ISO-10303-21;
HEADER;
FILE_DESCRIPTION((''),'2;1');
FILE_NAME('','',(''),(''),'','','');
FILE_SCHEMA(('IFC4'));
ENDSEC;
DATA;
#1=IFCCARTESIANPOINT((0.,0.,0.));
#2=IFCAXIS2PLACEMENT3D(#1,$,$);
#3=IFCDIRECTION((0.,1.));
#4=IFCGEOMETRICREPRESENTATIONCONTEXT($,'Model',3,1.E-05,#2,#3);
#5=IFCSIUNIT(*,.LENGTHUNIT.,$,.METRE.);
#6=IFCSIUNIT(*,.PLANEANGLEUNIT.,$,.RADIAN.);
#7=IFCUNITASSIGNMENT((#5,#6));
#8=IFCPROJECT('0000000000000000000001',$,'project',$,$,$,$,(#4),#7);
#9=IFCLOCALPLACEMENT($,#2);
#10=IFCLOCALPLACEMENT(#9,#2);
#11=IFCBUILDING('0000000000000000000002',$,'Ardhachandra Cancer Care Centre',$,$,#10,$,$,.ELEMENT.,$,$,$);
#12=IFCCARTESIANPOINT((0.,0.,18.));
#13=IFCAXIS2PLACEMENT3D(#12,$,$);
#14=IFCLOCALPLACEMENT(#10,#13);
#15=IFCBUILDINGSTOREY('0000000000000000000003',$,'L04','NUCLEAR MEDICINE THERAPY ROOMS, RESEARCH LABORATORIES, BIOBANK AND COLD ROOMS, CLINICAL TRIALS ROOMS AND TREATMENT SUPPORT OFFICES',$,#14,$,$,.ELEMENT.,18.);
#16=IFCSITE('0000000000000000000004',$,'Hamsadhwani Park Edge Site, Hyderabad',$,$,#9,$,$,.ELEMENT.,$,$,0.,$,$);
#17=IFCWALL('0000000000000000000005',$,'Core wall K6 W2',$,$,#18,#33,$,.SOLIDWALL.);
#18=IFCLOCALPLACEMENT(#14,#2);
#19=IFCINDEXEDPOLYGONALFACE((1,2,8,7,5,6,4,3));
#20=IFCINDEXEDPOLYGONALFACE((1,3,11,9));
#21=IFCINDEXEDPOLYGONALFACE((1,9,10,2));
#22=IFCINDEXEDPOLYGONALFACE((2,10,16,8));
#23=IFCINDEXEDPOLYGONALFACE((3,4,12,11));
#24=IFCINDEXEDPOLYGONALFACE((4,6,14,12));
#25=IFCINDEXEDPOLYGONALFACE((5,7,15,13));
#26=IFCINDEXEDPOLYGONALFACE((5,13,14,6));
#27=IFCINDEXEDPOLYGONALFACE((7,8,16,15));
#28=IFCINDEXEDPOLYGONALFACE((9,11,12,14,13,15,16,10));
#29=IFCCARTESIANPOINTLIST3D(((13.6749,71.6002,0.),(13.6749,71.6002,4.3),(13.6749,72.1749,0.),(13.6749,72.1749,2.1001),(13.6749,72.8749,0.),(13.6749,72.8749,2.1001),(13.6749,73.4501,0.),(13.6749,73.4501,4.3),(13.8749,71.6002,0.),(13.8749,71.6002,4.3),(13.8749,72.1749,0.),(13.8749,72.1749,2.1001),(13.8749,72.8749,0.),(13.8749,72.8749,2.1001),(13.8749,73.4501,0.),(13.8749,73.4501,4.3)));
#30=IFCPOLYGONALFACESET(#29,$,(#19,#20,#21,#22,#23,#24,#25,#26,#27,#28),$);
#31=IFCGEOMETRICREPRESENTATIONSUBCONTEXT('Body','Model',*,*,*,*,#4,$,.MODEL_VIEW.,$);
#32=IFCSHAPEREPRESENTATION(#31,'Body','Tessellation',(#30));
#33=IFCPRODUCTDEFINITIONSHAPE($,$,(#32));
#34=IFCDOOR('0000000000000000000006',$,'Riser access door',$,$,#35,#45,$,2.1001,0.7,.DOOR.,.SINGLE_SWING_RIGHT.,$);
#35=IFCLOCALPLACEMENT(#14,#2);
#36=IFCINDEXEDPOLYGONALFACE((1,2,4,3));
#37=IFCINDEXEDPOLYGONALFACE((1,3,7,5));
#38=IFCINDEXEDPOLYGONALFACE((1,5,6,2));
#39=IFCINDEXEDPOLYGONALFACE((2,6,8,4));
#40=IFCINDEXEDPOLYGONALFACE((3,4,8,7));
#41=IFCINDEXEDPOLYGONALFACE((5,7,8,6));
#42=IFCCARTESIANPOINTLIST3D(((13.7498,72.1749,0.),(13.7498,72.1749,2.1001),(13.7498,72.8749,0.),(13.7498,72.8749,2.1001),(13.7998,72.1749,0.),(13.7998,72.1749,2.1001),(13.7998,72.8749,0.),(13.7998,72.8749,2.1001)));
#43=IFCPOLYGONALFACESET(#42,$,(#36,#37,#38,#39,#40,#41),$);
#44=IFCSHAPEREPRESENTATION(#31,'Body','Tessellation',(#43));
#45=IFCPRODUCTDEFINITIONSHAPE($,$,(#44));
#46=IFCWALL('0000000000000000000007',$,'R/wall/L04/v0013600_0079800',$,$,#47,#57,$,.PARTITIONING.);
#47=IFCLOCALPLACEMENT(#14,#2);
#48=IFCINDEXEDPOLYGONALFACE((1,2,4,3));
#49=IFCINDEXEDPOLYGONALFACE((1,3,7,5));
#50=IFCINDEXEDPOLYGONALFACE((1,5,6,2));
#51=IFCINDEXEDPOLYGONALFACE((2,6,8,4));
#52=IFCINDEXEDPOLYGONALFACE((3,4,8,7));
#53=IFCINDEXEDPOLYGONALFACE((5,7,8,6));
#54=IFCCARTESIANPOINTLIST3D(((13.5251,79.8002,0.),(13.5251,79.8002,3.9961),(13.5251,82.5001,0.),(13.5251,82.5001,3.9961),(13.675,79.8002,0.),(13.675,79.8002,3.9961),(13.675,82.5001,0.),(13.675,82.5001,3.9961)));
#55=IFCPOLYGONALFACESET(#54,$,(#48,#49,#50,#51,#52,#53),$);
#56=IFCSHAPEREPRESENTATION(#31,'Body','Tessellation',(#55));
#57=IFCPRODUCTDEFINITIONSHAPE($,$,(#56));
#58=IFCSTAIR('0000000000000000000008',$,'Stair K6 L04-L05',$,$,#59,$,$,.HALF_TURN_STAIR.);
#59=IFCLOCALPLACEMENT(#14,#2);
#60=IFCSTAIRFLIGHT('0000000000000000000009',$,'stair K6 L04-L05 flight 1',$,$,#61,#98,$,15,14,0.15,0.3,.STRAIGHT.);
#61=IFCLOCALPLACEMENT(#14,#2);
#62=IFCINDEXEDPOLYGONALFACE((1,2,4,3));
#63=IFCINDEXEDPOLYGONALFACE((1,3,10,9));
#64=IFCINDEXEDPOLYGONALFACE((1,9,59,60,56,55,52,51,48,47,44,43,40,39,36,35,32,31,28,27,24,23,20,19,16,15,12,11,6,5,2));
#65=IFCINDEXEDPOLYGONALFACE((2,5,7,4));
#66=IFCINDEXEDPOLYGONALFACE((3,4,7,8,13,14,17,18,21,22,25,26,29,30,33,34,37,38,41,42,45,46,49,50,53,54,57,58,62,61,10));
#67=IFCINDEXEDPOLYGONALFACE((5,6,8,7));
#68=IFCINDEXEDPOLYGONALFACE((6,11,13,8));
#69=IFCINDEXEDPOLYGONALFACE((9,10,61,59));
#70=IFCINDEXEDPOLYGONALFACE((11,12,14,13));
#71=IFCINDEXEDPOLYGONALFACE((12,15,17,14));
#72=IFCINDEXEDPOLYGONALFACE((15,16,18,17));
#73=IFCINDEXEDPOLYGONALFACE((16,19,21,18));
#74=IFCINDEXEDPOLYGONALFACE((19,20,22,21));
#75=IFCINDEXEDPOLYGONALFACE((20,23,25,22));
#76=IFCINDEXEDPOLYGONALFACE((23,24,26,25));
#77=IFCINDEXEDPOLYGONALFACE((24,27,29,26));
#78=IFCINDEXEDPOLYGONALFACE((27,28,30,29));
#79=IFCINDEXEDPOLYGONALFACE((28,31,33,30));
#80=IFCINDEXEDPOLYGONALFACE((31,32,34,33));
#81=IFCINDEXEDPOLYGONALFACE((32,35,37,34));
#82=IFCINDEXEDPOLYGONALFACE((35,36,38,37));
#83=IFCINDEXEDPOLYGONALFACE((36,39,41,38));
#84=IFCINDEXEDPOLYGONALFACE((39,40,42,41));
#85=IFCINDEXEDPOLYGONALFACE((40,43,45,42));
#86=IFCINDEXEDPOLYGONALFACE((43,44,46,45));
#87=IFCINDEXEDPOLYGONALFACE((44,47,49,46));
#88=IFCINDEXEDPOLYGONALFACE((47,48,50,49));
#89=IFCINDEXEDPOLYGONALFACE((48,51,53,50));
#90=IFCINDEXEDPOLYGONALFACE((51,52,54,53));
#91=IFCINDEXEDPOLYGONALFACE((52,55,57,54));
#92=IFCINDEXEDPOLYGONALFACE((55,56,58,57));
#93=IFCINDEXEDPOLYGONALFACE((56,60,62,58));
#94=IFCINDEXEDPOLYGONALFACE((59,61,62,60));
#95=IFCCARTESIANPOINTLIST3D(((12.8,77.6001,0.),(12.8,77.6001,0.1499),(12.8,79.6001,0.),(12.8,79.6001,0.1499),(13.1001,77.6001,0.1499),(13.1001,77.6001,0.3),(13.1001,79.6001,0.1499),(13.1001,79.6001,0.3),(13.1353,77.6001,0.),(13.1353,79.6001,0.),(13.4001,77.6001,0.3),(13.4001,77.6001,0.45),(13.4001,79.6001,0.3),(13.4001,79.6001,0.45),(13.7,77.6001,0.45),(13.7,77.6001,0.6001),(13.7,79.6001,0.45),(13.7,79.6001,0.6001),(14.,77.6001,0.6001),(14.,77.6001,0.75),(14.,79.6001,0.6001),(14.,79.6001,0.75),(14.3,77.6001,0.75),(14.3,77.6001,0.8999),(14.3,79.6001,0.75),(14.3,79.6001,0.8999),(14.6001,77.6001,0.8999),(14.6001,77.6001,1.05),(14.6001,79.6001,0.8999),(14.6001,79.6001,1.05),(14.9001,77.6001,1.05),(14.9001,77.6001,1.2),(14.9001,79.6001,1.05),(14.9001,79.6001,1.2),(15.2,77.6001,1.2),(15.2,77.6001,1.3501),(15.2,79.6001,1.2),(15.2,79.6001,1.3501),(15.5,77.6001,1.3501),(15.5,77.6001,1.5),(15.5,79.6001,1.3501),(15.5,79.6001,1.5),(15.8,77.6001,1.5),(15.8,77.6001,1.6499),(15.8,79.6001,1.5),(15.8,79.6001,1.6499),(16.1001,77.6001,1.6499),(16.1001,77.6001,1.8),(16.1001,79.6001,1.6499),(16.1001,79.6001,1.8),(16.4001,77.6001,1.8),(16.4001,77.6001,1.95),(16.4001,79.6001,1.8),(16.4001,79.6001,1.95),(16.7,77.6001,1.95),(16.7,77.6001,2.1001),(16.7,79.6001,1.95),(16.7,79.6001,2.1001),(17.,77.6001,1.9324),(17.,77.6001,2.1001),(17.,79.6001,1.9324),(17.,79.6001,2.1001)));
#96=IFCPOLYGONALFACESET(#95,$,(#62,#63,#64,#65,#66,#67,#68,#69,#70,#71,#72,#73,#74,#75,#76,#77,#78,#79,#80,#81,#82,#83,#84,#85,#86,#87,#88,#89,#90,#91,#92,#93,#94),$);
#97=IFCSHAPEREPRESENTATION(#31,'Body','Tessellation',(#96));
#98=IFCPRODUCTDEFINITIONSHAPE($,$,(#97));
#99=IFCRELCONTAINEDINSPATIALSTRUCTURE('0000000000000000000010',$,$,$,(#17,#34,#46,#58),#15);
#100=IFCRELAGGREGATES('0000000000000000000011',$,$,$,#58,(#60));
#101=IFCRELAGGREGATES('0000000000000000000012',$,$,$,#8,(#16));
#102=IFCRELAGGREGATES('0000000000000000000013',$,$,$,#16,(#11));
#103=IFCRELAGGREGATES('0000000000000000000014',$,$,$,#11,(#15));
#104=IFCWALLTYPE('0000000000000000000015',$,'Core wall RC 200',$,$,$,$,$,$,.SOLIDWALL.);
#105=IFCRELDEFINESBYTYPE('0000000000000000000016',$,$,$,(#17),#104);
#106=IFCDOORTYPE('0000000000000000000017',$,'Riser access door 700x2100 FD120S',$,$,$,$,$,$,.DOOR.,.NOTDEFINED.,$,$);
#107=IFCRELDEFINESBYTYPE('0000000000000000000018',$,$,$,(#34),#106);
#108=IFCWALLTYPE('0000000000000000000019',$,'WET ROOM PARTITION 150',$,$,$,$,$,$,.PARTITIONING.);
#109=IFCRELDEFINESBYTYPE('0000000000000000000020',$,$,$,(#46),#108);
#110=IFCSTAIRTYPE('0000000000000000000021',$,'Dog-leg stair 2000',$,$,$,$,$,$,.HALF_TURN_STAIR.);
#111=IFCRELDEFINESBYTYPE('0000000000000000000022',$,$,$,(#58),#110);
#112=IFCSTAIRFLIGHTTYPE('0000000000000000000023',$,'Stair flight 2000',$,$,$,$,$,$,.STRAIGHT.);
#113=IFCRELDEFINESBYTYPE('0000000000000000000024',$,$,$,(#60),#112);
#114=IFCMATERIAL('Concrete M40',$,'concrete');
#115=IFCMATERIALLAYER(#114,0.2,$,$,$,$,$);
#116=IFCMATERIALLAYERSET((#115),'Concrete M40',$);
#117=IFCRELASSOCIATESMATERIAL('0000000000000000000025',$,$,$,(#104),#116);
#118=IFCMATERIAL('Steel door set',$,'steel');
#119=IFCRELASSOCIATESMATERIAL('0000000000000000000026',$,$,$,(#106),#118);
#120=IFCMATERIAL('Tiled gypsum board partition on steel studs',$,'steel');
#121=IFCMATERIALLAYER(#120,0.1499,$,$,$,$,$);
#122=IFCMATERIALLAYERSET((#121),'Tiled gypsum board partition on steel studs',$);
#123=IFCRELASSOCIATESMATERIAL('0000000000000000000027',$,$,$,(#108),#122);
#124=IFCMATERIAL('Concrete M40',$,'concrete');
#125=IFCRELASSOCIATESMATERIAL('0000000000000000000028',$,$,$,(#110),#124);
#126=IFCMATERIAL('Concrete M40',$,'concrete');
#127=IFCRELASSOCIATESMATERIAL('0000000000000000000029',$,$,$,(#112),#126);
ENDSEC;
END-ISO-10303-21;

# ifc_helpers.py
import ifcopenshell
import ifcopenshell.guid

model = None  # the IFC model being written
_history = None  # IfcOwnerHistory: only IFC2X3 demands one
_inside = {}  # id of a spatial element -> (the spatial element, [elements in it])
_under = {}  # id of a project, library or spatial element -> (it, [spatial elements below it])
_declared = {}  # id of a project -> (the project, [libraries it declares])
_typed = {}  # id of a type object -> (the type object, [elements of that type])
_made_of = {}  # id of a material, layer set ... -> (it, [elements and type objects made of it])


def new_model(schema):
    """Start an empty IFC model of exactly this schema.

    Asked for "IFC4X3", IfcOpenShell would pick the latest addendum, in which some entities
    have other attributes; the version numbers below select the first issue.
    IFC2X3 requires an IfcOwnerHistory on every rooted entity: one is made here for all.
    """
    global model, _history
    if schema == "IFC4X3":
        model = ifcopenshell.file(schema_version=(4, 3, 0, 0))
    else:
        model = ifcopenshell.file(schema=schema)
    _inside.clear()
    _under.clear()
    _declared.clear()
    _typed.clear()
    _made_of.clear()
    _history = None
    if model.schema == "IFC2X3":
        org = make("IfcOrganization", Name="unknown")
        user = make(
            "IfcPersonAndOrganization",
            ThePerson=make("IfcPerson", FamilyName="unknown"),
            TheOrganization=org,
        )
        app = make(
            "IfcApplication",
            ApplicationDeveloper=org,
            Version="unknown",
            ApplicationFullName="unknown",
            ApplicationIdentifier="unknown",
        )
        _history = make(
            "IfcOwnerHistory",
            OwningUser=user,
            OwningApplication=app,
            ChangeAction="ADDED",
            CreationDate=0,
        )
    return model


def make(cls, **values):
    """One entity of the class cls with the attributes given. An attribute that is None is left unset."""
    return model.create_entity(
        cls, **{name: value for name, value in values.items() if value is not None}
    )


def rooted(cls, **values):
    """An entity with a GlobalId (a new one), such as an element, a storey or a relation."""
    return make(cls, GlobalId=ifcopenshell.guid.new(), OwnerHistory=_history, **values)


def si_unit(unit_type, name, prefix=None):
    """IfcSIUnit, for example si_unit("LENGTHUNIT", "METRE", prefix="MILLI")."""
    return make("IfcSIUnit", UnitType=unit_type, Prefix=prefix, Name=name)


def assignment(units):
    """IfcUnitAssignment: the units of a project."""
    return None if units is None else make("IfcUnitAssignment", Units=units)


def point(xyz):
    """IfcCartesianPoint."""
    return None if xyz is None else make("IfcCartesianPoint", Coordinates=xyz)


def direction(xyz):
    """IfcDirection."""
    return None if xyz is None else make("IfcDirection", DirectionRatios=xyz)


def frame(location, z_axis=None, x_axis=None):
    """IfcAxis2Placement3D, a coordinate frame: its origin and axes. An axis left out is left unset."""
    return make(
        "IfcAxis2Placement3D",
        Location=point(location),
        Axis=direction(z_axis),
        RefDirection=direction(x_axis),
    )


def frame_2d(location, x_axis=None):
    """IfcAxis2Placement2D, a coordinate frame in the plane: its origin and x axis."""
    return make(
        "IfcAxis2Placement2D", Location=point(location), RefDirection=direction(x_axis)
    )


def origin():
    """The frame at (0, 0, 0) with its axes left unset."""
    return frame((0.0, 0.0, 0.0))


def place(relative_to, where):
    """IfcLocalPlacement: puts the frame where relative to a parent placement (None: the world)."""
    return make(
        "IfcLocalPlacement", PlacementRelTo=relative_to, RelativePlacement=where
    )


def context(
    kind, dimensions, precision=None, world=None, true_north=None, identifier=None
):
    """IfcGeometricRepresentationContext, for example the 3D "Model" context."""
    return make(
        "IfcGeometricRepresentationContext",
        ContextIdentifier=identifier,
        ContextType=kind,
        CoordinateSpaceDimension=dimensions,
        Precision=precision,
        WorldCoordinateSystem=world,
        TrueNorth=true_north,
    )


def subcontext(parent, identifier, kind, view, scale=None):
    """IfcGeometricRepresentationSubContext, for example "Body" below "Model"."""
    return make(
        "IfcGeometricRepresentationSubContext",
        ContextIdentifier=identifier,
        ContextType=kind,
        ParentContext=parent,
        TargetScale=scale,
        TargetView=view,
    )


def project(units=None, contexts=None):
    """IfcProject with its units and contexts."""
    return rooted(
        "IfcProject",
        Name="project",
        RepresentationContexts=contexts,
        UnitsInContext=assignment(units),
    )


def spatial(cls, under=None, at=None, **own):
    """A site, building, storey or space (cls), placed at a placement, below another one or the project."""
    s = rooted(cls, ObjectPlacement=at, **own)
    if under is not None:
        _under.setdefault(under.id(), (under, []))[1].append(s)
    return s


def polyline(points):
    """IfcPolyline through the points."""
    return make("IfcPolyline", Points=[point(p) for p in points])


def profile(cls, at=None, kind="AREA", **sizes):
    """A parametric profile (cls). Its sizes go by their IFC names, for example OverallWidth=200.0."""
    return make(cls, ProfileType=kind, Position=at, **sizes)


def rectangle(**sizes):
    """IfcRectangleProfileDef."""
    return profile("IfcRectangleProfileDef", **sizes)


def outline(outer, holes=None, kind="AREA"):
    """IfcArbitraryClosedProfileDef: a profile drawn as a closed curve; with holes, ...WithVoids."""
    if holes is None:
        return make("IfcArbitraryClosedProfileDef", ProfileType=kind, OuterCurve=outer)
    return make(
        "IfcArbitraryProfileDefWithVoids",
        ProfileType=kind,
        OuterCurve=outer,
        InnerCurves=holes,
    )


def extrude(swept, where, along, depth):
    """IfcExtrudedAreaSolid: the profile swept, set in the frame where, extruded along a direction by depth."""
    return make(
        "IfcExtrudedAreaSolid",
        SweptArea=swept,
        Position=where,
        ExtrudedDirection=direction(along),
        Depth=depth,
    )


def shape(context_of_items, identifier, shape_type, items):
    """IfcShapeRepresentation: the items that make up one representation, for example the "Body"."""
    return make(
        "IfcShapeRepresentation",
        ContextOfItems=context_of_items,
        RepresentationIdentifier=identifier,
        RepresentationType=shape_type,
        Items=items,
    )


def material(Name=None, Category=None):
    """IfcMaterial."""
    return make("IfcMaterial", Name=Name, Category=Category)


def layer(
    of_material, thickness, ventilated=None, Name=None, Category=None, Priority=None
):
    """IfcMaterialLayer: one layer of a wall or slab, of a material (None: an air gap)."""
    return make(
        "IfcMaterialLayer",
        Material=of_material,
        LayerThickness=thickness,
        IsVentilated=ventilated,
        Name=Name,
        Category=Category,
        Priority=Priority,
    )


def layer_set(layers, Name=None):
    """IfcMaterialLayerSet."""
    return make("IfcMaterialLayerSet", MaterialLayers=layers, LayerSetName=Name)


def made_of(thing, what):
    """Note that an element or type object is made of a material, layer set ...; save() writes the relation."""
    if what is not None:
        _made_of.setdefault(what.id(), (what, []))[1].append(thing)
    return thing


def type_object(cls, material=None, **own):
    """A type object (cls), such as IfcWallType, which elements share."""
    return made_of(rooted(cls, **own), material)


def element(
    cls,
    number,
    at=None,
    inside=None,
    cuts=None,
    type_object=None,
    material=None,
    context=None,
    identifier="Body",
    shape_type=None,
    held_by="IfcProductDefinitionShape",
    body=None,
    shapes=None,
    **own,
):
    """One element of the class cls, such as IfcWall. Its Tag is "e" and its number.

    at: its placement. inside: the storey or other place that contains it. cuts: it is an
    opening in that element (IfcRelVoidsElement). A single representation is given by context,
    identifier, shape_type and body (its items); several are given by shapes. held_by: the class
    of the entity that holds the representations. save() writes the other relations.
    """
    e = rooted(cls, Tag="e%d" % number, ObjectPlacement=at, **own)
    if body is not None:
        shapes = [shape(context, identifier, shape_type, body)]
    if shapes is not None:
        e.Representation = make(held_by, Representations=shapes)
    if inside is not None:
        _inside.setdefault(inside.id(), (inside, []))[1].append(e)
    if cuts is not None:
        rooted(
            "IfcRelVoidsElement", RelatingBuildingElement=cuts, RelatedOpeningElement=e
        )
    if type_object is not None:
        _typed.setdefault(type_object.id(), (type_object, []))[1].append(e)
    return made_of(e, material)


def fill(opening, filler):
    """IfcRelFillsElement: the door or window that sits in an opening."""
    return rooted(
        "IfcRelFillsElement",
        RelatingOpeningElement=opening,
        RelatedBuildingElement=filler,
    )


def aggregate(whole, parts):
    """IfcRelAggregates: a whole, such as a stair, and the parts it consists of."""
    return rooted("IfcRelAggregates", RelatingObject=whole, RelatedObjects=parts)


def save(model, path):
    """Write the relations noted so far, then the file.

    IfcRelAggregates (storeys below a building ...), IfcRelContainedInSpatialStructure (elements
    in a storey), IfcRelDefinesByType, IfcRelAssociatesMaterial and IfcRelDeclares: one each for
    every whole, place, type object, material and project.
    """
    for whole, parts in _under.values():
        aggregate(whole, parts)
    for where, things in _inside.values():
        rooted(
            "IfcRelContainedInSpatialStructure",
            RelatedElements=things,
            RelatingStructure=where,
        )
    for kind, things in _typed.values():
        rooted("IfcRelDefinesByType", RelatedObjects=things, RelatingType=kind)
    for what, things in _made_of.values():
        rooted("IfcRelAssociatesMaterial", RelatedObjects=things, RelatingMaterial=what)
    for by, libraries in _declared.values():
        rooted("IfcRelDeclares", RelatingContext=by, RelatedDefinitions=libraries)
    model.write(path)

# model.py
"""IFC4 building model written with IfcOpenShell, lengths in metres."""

from ifc_helpers import new_model, si_unit, direction, frame, frame_2d, origin, place, context, subcontext, project, spatial, polyline, rectangle, outline, extrude, material, layer, layer_set, type_object, element, fill, aggregate, save


model = new_model("IFC4")

# Units and contexts
model_context = context("Model", 3, precision=1e-05, world=origin(), true_north=direction((0.0, 1.0)))
body_context = subcontext(model_context, "Body", "Model", "MODEL_VIEW")
ifc_project = project(units=[si_unit("LENGTHUNIT", "METRE"), si_unit("PLANEANGLEUNIT", "RADIAN")], contexts=[model_context])

# Site, building, storey
site_placement = place(None, origin())
site = spatial("IfcSite", under=ifc_project, at=site_placement, Name="Hamsadhwani Park Edge Site, Hyderabad", CompositionType="ELEMENT", RefElevation=0.0)
building_placement = place(site_placement, origin())
building = spatial("IfcBuilding", under=site, at=building_placement, Name="Ardhachandra Cancer Care Centre", CompositionType="ELEMENT")
storey_placement = place(building_placement, frame((0.0, 0.0, 18.0)))
storey = spatial("IfcBuildingStorey", under=building, at=storey_placement, Name="L04", Description="NUCLEAR MEDICINE THERAPY ROOMS, RESEARCH LABORATORIES, BIOBANK AND COLD ROOMS, CLINICAL TRIALS ROOMS AND TREATMENT SUPPORT OFFICES", CompositionType="ELEMENT", Elevation=18.0)

# Shared definitions
ifc_material_1 = material(Name="Concrete M40", Category="concrete")
ifc_layer_1 = layer(ifc_material_1, 0.2)
ifc_layer_set_1 = layer_set([ifc_layer_1], Name="Concrete M40")
wall_type_1 = type_object("IfcWallType", Name="Core wall RC 200", PredefinedType="SOLIDWALL", material=ifc_layer_set_1)

# Wall, opening, door
ifc_material_2 = material(Name="Steel door set", Category="steel")
door_type = type_object("IfcDoorType", Name="Riser access door 700x2100 FD120S", OperationType="NOTDEFINED", PredefinedType="DOOR", material=ifc_material_2)
wall_1_placement = place(storey_placement, frame((13.7749, 73.45, 0.0), z_axis=(0.0, 0.0, 1.0), x_axis=(0.0, -1.0, 0.0)))
wall_1 = element("IfcWall", 1, at=wall_1_placement, inside=storey, type_object=wall_type_1, Name="Core wall K6 W2", PredefinedType="SOLIDWALL", context=body_context, shape_type="SweptSolid", body=[
    extrude(rectangle(XDim=1.8499, YDim=0.2, at=frame_2d((0.9248, 0.0))), origin(), (0.0, 0.0, 1.0), 4.3),
])
opening_1_placement = place(wall_1_placement, frame((0.575, 0.0, 0.0)))
opening_1 = element("IfcOpeningElement", 2, at=opening_1_placement, cuts=wall_1, PredefinedType="OPENING", context=body_context, shape_type="SweptSolid", body=[
    extrude(rectangle(XDim=0.7, YDim=2.1001, at=frame_2d((0.3501, 1.05))), frame((0.0, 0.1099, 0.0), z_axis=(0.0, -1.0, 0.0), x_axis=(1.0, 0.0, 0.0)), (0.0, 0.0, 1.0), 0.22),
])
door_1_placement = place(opening_1_placement, origin())
door_1 = element("IfcDoor", 3, at=door_1_placement, inside=storey, type_object=door_type, Name="Riser access door", OperationType="SINGLE_SWING_RIGHT", OverallHeight=2.1001, OverallWidth=0.7, PredefinedType="DOOR", context=body_context, shape_type="SweptSolid", body=[
    extrude(rectangle(XDim=0.7, YDim=2.1001, at=frame_2d((0.3501, 1.05))), frame((0.0, 0.0249, 0.0), z_axis=(0.0, -1.0, 0.0), x_axis=(1.0, 0.0, 0.0)), (0.0, 0.0, 1.0), 0.05),
])
fill(opening_1, door_1)

# Wall
ifc_material_3 = material(Name="Tiled gypsum board partition on steel studs", Category="steel")
ifc_layer_2 = layer(ifc_material_3, 0.1499)
ifc_layer_set_2 = layer_set([ifc_layer_2], Name="Tiled gypsum board partition on steel studs")
wall_type_2 = type_object("IfcWallType", Name="WET ROOM PARTITION 150", PredefinedType="PARTITIONING", material=ifc_layer_set_2)
wall_2_placement = place(storey_placement, frame((13.6001, 79.8, 0.0), z_axis=(0.0, 0.0, 1.0), x_axis=(0.0, 1.0, 0.0)))
element("IfcWall", 4, at=wall_2_placement, inside=storey, type_object=wall_type_2, Name="R/wall/L04/v0013600_0079800", PredefinedType="PARTITIONING", context=body_context, shape_type="SweptSolid", body=[
    extrude(rectangle(XDim=2.7, YDim=0.1499, at=frame_2d((1.3501, 0.0))), origin(), (0.0, 0.0, 1.0), 3.9961),
])

# Stair, stair flight
ifc_material_4 = material(Name="Concrete M40", Category="concrete")
stair_type = type_object("IfcStairType", Name="Dog-leg stair 2000", PredefinedType="HALF_TURN_STAIR", material=ifc_material_4)
stair_placement = place(storey_placement, origin())
stair = element("IfcStair", 5, at=stair_placement, inside=storey, type_object=stair_type, Name="Stair K6 L04-L05", PredefinedType="HALF_TURN_STAIR")
ifc_material_5 = material(Name="Concrete M40", Category="concrete")
stair_flight_type = type_object("IfcStairFlightType", Name="Stair flight 2000", PredefinedType="STRAIGHT", material=ifc_material_5)
stair_flight_placement = place(storey_placement, frame((12.8, 78.6001, 0.0), z_axis=(0.0, 0.0, 1.0), x_axis=(1.0, 0.0, 0.0)))
stair_flight = element("IfcStairFlight", 6, at=stair_flight_placement, type_object=stair_flight_type, Name="stair K6 L04-L05 flight 1", NumberOfRisers=15, NumberOfTreads=14, PredefinedType="STRAIGHT", RiserHeight=0.15, TreadLength=0.3, context=body_context, shape_type="SweptSolid", body=[
    extrude(outline(polyline([(0.0, 0.0), (0.0, 0.1499), (0.3, 0.1499), (0.3, 0.3), (0.6001, 0.3), (0.6001, 0.45), (0.8999, 0.45), (0.8999, 0.6001), (1.2, 0.6001), (1.2, 0.75), (1.5, 0.75), (1.5, 0.8999), (1.8, 0.8999), (1.8, 1.05), (2.1001, 1.05), (2.1001, 1.2), (2.3999, 1.2), (2.3999, 1.3501), (2.7, 1.3501), (2.7, 1.5), (3.0, 1.5), (3.0, 1.6499), (3.3, 1.6499), (3.3, 1.8), (3.6001, 1.8), (3.6001, 1.95), (3.8999, 1.95), (3.8999, 2.1001), (4.2, 2.1001), (4.2, 2.25), (4.2, 1.9324), (0.3352, 0.0), (0.0, 0.0)])), frame((0.0, 1.0, 0.0), z_axis=(0.0, -1.0, 0.0), x_axis=(1.0, 0.0, 0.0)), (0.0, 0.0, 1.0), 2.0),
])
aggregate(stair, [stair_flight])

save(model, "model.ifc")
